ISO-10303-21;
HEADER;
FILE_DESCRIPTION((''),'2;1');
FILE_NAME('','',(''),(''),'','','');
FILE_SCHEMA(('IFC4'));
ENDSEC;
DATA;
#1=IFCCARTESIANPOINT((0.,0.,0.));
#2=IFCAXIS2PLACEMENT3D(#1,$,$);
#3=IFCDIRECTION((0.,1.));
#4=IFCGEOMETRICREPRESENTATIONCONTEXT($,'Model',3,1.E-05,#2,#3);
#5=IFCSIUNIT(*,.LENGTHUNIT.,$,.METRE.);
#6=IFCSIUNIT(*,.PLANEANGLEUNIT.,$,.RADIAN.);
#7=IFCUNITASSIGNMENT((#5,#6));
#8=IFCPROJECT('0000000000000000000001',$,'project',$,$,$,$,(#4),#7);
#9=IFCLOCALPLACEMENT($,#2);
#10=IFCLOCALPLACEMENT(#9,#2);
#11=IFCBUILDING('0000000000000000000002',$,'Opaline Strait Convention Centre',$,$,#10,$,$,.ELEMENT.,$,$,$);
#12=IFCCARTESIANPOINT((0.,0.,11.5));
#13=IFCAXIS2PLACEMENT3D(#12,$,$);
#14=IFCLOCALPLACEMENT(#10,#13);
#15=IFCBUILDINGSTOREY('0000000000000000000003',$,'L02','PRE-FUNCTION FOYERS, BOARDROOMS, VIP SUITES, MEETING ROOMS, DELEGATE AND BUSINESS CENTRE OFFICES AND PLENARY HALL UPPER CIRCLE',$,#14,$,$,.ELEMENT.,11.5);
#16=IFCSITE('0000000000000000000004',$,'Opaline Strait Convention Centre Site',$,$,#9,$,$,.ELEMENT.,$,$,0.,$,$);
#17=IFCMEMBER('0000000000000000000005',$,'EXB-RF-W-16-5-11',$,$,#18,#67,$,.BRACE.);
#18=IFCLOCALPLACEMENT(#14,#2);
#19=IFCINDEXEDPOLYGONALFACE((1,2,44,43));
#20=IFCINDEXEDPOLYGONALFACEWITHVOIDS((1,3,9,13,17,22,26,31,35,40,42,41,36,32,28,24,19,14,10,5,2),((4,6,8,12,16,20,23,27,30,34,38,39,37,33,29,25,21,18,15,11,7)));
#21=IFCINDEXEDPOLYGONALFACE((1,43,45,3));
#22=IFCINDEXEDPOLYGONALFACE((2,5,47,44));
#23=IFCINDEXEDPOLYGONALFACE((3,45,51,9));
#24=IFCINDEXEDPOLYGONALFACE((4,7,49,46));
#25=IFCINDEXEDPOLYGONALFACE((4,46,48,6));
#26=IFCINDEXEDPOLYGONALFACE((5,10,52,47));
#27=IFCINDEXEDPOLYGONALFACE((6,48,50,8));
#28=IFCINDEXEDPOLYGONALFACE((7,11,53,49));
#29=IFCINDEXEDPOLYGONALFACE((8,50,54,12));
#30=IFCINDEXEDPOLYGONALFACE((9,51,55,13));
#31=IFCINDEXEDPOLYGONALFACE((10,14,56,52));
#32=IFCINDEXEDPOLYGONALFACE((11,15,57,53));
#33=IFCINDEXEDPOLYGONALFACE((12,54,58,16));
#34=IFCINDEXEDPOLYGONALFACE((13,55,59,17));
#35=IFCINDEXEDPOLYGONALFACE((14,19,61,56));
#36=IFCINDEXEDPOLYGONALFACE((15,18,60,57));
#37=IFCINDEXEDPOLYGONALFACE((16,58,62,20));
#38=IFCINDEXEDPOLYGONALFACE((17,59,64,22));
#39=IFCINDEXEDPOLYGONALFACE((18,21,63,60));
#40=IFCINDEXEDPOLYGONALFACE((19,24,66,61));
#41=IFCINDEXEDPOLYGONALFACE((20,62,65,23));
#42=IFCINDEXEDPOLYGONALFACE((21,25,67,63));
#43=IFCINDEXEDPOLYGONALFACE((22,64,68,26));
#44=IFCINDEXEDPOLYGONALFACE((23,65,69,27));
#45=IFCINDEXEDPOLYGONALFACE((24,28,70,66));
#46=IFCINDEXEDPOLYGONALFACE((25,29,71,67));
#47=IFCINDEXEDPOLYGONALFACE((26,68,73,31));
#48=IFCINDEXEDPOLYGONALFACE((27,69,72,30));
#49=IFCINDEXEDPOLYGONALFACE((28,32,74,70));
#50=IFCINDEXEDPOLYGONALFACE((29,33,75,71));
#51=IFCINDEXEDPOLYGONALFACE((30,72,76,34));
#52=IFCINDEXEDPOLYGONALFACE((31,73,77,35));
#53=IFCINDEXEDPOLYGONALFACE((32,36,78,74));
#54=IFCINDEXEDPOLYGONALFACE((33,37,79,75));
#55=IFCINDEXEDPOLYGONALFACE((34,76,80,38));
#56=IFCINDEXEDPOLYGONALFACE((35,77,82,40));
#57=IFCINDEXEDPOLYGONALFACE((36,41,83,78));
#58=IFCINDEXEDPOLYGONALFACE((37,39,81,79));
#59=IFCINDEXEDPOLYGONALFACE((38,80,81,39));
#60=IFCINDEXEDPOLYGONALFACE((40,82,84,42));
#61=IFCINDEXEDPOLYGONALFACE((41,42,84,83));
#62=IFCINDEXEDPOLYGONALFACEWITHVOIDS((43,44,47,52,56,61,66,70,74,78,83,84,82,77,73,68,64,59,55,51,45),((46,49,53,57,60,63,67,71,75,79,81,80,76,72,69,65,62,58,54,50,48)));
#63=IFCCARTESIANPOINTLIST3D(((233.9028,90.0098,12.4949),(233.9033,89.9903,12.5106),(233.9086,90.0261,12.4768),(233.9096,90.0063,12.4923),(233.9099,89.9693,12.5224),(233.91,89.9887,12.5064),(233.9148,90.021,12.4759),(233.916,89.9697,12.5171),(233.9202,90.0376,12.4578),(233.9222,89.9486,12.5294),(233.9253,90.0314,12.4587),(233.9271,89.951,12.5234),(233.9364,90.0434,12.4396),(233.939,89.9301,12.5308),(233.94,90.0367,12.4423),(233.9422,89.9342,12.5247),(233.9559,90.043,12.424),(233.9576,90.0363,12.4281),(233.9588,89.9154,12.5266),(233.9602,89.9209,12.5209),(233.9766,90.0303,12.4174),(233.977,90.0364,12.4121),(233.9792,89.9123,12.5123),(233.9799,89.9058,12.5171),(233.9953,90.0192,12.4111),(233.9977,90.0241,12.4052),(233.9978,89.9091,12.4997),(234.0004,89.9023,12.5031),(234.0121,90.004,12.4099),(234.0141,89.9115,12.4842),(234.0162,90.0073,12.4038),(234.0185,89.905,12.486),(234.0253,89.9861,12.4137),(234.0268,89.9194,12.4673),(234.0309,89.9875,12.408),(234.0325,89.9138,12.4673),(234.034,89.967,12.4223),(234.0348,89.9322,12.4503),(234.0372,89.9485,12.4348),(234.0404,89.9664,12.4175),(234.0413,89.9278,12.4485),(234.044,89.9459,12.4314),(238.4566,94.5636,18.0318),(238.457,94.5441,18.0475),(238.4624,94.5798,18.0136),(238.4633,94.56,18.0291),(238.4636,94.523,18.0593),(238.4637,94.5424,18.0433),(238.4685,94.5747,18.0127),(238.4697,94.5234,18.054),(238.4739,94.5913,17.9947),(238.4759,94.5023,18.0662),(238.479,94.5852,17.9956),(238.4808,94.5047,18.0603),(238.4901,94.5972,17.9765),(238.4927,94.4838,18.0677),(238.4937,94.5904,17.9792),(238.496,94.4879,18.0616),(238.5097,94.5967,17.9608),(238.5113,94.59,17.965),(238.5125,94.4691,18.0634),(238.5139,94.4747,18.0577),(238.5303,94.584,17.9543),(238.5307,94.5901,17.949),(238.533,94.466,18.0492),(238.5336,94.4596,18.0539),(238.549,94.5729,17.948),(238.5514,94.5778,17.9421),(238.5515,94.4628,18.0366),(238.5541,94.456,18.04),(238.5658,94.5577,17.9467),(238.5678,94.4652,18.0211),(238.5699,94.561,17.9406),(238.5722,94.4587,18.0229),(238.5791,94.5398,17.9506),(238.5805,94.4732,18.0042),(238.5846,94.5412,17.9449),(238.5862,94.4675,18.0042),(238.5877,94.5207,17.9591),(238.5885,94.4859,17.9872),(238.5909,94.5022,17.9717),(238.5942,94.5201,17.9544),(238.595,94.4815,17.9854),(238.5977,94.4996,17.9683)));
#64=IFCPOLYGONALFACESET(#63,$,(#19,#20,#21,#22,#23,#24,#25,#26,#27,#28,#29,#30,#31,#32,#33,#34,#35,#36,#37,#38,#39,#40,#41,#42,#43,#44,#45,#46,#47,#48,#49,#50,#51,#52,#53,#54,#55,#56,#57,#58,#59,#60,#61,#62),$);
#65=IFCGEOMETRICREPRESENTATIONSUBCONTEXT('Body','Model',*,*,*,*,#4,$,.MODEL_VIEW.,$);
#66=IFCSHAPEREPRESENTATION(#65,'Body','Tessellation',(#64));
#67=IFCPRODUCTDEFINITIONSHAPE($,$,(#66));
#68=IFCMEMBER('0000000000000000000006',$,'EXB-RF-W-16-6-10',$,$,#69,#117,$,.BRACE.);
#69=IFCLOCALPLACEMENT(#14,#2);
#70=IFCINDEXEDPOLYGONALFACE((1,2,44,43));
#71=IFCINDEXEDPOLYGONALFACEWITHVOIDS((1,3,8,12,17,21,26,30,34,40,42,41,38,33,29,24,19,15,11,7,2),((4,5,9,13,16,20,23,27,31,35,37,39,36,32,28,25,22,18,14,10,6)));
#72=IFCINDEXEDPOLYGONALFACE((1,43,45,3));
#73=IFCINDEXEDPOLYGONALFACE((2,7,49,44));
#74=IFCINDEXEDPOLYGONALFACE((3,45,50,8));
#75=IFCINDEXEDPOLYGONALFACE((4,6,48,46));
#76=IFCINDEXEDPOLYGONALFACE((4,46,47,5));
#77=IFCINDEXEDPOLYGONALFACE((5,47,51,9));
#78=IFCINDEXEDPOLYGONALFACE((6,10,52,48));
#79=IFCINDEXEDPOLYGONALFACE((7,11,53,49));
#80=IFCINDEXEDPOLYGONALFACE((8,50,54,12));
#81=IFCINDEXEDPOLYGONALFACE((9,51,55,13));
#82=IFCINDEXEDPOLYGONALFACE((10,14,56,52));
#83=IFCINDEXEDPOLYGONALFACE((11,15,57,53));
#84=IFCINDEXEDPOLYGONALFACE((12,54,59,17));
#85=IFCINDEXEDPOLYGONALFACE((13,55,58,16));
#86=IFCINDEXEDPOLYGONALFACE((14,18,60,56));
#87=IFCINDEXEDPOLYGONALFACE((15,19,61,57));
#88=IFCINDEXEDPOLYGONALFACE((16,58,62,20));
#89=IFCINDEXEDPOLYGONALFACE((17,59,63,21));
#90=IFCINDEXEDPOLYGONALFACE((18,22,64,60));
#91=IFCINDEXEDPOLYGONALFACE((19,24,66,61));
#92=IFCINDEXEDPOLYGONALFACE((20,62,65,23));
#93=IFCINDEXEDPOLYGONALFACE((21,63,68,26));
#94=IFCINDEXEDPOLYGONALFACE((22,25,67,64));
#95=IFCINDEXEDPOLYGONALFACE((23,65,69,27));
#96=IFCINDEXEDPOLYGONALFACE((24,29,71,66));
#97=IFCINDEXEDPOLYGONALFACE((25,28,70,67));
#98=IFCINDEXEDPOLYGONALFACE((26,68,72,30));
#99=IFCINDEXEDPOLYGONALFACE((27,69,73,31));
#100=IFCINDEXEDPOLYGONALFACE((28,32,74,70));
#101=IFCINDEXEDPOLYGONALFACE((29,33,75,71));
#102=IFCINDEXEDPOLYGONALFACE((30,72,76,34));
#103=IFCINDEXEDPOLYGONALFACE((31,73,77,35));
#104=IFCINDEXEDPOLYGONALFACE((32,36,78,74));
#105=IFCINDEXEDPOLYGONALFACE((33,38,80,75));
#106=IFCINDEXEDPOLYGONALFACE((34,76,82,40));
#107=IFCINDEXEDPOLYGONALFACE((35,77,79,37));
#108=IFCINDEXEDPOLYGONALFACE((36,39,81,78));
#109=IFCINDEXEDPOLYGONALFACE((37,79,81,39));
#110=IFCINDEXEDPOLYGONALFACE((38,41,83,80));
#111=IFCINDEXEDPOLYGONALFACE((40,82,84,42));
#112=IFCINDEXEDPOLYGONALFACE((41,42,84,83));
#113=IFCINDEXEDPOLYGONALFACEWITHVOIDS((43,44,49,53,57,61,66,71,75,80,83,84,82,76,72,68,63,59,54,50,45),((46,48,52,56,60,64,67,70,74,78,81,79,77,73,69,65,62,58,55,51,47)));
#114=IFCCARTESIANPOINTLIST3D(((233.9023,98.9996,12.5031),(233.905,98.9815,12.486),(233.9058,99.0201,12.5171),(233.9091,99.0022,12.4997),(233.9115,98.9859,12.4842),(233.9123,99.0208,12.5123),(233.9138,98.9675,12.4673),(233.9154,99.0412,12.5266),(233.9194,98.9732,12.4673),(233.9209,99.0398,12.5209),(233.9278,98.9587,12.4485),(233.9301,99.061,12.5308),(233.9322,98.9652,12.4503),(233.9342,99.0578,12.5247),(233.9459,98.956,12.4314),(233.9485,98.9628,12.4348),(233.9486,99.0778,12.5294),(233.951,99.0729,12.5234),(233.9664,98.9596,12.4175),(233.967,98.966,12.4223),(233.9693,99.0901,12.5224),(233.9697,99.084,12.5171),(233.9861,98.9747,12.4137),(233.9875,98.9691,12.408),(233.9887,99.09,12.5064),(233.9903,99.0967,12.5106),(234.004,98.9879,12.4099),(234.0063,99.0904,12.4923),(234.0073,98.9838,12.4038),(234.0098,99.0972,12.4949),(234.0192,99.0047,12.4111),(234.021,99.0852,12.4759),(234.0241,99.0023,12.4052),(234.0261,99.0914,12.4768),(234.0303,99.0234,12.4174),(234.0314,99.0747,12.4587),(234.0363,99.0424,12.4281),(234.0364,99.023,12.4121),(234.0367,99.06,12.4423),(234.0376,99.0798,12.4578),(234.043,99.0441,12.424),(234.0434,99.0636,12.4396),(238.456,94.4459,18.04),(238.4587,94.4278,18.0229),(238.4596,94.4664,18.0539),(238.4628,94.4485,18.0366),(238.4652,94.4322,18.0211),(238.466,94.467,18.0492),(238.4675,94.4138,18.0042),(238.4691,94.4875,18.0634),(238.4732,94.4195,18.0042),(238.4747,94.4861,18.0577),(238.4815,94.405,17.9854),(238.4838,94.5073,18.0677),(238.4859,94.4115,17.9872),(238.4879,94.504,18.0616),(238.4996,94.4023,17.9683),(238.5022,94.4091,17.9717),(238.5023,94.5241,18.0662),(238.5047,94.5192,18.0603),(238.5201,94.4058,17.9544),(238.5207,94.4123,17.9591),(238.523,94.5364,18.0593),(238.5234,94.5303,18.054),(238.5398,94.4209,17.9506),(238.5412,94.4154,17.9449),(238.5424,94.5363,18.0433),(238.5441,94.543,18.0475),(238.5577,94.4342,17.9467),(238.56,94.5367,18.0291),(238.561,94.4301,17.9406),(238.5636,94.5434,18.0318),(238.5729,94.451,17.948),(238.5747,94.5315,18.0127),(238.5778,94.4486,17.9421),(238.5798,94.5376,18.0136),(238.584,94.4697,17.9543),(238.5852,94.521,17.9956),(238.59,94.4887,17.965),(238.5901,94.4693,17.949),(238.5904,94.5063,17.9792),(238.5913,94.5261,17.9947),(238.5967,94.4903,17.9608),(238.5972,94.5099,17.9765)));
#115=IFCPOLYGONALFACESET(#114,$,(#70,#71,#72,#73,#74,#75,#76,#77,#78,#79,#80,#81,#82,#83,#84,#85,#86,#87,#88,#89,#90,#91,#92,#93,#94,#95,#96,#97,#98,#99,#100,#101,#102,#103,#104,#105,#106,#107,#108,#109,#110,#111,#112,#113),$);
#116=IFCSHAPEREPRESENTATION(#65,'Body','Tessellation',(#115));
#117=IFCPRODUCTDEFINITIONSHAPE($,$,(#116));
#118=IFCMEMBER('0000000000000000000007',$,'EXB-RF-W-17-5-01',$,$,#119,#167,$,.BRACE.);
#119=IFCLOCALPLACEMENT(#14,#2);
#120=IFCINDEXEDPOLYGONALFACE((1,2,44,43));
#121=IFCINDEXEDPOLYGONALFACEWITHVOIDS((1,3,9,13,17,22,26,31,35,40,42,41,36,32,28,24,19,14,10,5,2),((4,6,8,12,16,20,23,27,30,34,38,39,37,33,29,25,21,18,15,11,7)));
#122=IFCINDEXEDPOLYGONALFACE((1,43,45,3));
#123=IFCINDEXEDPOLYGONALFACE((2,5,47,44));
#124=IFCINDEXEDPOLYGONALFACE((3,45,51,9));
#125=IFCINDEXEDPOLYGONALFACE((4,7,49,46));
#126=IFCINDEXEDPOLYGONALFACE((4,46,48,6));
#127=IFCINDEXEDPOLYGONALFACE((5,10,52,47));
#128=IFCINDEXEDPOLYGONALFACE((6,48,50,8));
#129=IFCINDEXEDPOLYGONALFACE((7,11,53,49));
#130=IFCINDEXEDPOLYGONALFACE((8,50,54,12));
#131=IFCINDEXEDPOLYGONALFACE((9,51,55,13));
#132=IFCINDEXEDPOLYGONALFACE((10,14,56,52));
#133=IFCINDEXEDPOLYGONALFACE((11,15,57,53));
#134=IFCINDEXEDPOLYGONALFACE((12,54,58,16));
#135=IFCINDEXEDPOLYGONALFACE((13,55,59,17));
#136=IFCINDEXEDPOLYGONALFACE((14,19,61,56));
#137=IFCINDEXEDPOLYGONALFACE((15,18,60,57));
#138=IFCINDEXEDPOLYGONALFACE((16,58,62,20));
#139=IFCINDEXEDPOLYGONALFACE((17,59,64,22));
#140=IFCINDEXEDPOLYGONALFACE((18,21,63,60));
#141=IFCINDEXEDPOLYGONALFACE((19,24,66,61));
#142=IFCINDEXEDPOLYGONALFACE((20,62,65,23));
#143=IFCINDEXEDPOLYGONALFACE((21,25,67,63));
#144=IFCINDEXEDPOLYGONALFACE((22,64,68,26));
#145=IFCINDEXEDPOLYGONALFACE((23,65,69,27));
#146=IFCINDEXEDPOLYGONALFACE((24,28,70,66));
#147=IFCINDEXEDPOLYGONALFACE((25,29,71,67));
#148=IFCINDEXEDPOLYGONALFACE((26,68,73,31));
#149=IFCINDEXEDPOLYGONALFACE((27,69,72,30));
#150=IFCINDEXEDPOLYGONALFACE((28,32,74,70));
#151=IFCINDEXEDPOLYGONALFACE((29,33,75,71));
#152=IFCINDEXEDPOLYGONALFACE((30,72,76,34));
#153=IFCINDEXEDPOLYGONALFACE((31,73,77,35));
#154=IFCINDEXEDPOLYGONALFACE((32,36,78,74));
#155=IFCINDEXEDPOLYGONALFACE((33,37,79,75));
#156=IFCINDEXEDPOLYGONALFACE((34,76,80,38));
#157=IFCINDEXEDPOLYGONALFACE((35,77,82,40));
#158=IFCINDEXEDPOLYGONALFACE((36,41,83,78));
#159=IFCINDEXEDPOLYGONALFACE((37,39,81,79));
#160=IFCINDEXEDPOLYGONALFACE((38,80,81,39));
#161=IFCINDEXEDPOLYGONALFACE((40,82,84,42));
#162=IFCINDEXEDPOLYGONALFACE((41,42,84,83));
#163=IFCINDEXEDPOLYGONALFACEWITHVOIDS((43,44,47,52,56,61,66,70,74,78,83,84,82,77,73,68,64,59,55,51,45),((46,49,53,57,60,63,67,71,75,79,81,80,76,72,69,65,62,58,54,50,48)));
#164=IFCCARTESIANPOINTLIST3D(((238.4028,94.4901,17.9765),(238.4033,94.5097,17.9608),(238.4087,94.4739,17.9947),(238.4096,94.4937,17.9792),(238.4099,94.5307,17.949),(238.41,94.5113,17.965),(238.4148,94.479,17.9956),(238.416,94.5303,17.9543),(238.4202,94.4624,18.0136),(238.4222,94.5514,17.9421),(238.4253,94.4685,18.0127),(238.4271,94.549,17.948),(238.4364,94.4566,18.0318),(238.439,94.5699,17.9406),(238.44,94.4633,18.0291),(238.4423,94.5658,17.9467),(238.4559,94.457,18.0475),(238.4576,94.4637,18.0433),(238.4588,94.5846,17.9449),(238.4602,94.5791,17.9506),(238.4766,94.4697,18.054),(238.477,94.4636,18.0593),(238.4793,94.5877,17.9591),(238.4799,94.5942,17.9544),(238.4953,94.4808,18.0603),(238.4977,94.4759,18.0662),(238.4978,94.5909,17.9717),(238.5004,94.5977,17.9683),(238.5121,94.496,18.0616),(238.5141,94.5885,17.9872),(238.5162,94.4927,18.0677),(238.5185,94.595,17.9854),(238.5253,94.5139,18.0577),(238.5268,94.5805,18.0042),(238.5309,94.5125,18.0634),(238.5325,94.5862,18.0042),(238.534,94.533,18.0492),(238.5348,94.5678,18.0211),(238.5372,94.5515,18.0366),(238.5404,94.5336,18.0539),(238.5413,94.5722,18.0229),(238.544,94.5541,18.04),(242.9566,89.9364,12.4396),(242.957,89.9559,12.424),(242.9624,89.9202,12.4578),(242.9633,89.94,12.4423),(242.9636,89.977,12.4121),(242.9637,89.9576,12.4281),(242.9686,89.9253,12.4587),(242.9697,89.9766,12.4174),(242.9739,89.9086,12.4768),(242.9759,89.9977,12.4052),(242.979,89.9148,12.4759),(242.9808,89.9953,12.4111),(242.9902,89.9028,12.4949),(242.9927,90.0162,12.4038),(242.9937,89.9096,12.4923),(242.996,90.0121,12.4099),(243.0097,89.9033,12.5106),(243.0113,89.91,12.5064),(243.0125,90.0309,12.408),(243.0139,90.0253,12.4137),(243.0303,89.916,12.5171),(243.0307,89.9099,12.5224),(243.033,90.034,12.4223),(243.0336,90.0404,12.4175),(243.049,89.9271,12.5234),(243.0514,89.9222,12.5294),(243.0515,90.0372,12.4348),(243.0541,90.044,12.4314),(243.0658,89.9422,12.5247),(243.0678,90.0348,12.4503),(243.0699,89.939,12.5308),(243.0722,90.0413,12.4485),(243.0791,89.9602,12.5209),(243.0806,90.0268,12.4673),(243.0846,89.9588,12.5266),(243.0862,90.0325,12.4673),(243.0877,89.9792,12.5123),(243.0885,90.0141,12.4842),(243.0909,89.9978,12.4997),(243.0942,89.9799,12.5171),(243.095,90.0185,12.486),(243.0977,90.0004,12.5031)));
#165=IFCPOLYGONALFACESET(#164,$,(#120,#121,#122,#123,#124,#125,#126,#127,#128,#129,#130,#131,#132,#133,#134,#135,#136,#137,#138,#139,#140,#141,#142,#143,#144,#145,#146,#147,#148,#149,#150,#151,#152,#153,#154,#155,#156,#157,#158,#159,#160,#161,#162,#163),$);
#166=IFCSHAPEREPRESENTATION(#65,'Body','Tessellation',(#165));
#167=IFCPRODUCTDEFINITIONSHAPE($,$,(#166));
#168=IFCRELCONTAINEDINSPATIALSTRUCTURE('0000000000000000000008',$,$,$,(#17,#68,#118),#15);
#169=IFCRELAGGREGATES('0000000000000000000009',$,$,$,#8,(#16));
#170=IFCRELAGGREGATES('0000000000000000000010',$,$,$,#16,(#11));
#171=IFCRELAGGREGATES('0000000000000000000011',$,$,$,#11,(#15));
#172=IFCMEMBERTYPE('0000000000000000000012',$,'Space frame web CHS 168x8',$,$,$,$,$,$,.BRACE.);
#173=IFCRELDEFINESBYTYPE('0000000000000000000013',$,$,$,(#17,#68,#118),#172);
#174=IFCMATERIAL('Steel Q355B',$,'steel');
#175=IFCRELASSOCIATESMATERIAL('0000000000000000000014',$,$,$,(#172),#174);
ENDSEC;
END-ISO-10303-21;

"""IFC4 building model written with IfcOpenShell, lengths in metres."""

from ifc_helpers import new_model, si_unit, direction, frame, origin, origin_2d, place, context, subcontext, project, spatial, hollow_circle, extrude, material, material_profile, profile_set, type_object, element, save


model = new_model("IFC4")

# Units and contexts
model_context = context("Model", 3, precision=1e-05, world=origin(), true_north=direction((0.0, 1.0)))
body_context = subcontext(model_context, "Body", "Model", "MODEL_VIEW")
ifc_project = project(units=[si_unit("LENGTHUNIT", "METRE"), si_unit("PLANEANGLEUNIT", "RADIAN")], contexts=[model_context])

# Site, building, storey
site_placement = place(None, origin())
site = spatial("IfcSite", under=ifc_project, at=site_placement, Name="Opaline Strait Convention Centre Site", CompositionType="ELEMENT", RefElevation=0.0)
building_placement = place(site_placement, origin())
building = spatial("IfcBuilding", under=site, at=building_placement, Name="Opaline Strait Convention Centre", CompositionType="ELEMENT")
storey_placement = place(building_placement, frame((0.0, 0.0, 11.5)))
storey = spatial("IfcBuildingStorey", under=building, at=storey_placement, Name="L02", Description="PRE-FUNCTION FOYERS, BOARDROOMS, VIP SUITES, MEETING ROOMS, DELEGATE AND BUSINESS CENTRE OFFICES AND PLENARY HALL UPPER CIRCLE", CompositionType="ELEMENT", Elevation=11.5)

# Members
ifc_material = material(Name="Steel Q355B", Category="steel")
ifc_material_profile_1 = material_profile(ifc_material, hollow_circle(Radius=0.084, WallThickness=0.0081, at=origin_2d()), Name="CHS 168x8")
ifc_profile_set_1 = profile_set([ifc_material_profile_1], Name="Steel Q355B")
member_type_1 = type_object("IfcMemberType", Name="Space frame web CHS 168x8", PredefinedType="BRACE", material=ifc_profile_set_1)
for number, where, z_axis, x_axis, name in (
    (1, (238.5269, 94.5269, 18.0042), (-0.536178, -0.536178, -0.65194), (0.707107, -0.707107, 0.0), "EXB-RF-W-16-5-11"),
    (2, (238.5269, 94.4731, 18.0042), (-0.536178, 0.536178, -0.65194), (-0.707107, -0.707107, 0.0), "EXB-RF-W-16-6-10"),
    (3, (238.4731, 94.5269, 18.0042), (0.536178, -0.536178, -0.65194), (0.707107, 0.707107, 0.0), "EXB-RF-W-17-5-01"),
):
    element("IfcMember", number, at=place(storey_placement, frame(where, z_axis=z_axis, x_axis=x_axis)), inside=storey, type_object=member_type_1, Name=name, PredefinedType="BRACE", context=body_context, shape_type="SweptSolid", body=[
        extrude(hollow_circle(Radius=0.084, WallThickness=0.0081, at=origin_2d()), origin(), (0.0, 0.0, 1.0), 8.4929),
    ])

save(model, "model.ifc")
